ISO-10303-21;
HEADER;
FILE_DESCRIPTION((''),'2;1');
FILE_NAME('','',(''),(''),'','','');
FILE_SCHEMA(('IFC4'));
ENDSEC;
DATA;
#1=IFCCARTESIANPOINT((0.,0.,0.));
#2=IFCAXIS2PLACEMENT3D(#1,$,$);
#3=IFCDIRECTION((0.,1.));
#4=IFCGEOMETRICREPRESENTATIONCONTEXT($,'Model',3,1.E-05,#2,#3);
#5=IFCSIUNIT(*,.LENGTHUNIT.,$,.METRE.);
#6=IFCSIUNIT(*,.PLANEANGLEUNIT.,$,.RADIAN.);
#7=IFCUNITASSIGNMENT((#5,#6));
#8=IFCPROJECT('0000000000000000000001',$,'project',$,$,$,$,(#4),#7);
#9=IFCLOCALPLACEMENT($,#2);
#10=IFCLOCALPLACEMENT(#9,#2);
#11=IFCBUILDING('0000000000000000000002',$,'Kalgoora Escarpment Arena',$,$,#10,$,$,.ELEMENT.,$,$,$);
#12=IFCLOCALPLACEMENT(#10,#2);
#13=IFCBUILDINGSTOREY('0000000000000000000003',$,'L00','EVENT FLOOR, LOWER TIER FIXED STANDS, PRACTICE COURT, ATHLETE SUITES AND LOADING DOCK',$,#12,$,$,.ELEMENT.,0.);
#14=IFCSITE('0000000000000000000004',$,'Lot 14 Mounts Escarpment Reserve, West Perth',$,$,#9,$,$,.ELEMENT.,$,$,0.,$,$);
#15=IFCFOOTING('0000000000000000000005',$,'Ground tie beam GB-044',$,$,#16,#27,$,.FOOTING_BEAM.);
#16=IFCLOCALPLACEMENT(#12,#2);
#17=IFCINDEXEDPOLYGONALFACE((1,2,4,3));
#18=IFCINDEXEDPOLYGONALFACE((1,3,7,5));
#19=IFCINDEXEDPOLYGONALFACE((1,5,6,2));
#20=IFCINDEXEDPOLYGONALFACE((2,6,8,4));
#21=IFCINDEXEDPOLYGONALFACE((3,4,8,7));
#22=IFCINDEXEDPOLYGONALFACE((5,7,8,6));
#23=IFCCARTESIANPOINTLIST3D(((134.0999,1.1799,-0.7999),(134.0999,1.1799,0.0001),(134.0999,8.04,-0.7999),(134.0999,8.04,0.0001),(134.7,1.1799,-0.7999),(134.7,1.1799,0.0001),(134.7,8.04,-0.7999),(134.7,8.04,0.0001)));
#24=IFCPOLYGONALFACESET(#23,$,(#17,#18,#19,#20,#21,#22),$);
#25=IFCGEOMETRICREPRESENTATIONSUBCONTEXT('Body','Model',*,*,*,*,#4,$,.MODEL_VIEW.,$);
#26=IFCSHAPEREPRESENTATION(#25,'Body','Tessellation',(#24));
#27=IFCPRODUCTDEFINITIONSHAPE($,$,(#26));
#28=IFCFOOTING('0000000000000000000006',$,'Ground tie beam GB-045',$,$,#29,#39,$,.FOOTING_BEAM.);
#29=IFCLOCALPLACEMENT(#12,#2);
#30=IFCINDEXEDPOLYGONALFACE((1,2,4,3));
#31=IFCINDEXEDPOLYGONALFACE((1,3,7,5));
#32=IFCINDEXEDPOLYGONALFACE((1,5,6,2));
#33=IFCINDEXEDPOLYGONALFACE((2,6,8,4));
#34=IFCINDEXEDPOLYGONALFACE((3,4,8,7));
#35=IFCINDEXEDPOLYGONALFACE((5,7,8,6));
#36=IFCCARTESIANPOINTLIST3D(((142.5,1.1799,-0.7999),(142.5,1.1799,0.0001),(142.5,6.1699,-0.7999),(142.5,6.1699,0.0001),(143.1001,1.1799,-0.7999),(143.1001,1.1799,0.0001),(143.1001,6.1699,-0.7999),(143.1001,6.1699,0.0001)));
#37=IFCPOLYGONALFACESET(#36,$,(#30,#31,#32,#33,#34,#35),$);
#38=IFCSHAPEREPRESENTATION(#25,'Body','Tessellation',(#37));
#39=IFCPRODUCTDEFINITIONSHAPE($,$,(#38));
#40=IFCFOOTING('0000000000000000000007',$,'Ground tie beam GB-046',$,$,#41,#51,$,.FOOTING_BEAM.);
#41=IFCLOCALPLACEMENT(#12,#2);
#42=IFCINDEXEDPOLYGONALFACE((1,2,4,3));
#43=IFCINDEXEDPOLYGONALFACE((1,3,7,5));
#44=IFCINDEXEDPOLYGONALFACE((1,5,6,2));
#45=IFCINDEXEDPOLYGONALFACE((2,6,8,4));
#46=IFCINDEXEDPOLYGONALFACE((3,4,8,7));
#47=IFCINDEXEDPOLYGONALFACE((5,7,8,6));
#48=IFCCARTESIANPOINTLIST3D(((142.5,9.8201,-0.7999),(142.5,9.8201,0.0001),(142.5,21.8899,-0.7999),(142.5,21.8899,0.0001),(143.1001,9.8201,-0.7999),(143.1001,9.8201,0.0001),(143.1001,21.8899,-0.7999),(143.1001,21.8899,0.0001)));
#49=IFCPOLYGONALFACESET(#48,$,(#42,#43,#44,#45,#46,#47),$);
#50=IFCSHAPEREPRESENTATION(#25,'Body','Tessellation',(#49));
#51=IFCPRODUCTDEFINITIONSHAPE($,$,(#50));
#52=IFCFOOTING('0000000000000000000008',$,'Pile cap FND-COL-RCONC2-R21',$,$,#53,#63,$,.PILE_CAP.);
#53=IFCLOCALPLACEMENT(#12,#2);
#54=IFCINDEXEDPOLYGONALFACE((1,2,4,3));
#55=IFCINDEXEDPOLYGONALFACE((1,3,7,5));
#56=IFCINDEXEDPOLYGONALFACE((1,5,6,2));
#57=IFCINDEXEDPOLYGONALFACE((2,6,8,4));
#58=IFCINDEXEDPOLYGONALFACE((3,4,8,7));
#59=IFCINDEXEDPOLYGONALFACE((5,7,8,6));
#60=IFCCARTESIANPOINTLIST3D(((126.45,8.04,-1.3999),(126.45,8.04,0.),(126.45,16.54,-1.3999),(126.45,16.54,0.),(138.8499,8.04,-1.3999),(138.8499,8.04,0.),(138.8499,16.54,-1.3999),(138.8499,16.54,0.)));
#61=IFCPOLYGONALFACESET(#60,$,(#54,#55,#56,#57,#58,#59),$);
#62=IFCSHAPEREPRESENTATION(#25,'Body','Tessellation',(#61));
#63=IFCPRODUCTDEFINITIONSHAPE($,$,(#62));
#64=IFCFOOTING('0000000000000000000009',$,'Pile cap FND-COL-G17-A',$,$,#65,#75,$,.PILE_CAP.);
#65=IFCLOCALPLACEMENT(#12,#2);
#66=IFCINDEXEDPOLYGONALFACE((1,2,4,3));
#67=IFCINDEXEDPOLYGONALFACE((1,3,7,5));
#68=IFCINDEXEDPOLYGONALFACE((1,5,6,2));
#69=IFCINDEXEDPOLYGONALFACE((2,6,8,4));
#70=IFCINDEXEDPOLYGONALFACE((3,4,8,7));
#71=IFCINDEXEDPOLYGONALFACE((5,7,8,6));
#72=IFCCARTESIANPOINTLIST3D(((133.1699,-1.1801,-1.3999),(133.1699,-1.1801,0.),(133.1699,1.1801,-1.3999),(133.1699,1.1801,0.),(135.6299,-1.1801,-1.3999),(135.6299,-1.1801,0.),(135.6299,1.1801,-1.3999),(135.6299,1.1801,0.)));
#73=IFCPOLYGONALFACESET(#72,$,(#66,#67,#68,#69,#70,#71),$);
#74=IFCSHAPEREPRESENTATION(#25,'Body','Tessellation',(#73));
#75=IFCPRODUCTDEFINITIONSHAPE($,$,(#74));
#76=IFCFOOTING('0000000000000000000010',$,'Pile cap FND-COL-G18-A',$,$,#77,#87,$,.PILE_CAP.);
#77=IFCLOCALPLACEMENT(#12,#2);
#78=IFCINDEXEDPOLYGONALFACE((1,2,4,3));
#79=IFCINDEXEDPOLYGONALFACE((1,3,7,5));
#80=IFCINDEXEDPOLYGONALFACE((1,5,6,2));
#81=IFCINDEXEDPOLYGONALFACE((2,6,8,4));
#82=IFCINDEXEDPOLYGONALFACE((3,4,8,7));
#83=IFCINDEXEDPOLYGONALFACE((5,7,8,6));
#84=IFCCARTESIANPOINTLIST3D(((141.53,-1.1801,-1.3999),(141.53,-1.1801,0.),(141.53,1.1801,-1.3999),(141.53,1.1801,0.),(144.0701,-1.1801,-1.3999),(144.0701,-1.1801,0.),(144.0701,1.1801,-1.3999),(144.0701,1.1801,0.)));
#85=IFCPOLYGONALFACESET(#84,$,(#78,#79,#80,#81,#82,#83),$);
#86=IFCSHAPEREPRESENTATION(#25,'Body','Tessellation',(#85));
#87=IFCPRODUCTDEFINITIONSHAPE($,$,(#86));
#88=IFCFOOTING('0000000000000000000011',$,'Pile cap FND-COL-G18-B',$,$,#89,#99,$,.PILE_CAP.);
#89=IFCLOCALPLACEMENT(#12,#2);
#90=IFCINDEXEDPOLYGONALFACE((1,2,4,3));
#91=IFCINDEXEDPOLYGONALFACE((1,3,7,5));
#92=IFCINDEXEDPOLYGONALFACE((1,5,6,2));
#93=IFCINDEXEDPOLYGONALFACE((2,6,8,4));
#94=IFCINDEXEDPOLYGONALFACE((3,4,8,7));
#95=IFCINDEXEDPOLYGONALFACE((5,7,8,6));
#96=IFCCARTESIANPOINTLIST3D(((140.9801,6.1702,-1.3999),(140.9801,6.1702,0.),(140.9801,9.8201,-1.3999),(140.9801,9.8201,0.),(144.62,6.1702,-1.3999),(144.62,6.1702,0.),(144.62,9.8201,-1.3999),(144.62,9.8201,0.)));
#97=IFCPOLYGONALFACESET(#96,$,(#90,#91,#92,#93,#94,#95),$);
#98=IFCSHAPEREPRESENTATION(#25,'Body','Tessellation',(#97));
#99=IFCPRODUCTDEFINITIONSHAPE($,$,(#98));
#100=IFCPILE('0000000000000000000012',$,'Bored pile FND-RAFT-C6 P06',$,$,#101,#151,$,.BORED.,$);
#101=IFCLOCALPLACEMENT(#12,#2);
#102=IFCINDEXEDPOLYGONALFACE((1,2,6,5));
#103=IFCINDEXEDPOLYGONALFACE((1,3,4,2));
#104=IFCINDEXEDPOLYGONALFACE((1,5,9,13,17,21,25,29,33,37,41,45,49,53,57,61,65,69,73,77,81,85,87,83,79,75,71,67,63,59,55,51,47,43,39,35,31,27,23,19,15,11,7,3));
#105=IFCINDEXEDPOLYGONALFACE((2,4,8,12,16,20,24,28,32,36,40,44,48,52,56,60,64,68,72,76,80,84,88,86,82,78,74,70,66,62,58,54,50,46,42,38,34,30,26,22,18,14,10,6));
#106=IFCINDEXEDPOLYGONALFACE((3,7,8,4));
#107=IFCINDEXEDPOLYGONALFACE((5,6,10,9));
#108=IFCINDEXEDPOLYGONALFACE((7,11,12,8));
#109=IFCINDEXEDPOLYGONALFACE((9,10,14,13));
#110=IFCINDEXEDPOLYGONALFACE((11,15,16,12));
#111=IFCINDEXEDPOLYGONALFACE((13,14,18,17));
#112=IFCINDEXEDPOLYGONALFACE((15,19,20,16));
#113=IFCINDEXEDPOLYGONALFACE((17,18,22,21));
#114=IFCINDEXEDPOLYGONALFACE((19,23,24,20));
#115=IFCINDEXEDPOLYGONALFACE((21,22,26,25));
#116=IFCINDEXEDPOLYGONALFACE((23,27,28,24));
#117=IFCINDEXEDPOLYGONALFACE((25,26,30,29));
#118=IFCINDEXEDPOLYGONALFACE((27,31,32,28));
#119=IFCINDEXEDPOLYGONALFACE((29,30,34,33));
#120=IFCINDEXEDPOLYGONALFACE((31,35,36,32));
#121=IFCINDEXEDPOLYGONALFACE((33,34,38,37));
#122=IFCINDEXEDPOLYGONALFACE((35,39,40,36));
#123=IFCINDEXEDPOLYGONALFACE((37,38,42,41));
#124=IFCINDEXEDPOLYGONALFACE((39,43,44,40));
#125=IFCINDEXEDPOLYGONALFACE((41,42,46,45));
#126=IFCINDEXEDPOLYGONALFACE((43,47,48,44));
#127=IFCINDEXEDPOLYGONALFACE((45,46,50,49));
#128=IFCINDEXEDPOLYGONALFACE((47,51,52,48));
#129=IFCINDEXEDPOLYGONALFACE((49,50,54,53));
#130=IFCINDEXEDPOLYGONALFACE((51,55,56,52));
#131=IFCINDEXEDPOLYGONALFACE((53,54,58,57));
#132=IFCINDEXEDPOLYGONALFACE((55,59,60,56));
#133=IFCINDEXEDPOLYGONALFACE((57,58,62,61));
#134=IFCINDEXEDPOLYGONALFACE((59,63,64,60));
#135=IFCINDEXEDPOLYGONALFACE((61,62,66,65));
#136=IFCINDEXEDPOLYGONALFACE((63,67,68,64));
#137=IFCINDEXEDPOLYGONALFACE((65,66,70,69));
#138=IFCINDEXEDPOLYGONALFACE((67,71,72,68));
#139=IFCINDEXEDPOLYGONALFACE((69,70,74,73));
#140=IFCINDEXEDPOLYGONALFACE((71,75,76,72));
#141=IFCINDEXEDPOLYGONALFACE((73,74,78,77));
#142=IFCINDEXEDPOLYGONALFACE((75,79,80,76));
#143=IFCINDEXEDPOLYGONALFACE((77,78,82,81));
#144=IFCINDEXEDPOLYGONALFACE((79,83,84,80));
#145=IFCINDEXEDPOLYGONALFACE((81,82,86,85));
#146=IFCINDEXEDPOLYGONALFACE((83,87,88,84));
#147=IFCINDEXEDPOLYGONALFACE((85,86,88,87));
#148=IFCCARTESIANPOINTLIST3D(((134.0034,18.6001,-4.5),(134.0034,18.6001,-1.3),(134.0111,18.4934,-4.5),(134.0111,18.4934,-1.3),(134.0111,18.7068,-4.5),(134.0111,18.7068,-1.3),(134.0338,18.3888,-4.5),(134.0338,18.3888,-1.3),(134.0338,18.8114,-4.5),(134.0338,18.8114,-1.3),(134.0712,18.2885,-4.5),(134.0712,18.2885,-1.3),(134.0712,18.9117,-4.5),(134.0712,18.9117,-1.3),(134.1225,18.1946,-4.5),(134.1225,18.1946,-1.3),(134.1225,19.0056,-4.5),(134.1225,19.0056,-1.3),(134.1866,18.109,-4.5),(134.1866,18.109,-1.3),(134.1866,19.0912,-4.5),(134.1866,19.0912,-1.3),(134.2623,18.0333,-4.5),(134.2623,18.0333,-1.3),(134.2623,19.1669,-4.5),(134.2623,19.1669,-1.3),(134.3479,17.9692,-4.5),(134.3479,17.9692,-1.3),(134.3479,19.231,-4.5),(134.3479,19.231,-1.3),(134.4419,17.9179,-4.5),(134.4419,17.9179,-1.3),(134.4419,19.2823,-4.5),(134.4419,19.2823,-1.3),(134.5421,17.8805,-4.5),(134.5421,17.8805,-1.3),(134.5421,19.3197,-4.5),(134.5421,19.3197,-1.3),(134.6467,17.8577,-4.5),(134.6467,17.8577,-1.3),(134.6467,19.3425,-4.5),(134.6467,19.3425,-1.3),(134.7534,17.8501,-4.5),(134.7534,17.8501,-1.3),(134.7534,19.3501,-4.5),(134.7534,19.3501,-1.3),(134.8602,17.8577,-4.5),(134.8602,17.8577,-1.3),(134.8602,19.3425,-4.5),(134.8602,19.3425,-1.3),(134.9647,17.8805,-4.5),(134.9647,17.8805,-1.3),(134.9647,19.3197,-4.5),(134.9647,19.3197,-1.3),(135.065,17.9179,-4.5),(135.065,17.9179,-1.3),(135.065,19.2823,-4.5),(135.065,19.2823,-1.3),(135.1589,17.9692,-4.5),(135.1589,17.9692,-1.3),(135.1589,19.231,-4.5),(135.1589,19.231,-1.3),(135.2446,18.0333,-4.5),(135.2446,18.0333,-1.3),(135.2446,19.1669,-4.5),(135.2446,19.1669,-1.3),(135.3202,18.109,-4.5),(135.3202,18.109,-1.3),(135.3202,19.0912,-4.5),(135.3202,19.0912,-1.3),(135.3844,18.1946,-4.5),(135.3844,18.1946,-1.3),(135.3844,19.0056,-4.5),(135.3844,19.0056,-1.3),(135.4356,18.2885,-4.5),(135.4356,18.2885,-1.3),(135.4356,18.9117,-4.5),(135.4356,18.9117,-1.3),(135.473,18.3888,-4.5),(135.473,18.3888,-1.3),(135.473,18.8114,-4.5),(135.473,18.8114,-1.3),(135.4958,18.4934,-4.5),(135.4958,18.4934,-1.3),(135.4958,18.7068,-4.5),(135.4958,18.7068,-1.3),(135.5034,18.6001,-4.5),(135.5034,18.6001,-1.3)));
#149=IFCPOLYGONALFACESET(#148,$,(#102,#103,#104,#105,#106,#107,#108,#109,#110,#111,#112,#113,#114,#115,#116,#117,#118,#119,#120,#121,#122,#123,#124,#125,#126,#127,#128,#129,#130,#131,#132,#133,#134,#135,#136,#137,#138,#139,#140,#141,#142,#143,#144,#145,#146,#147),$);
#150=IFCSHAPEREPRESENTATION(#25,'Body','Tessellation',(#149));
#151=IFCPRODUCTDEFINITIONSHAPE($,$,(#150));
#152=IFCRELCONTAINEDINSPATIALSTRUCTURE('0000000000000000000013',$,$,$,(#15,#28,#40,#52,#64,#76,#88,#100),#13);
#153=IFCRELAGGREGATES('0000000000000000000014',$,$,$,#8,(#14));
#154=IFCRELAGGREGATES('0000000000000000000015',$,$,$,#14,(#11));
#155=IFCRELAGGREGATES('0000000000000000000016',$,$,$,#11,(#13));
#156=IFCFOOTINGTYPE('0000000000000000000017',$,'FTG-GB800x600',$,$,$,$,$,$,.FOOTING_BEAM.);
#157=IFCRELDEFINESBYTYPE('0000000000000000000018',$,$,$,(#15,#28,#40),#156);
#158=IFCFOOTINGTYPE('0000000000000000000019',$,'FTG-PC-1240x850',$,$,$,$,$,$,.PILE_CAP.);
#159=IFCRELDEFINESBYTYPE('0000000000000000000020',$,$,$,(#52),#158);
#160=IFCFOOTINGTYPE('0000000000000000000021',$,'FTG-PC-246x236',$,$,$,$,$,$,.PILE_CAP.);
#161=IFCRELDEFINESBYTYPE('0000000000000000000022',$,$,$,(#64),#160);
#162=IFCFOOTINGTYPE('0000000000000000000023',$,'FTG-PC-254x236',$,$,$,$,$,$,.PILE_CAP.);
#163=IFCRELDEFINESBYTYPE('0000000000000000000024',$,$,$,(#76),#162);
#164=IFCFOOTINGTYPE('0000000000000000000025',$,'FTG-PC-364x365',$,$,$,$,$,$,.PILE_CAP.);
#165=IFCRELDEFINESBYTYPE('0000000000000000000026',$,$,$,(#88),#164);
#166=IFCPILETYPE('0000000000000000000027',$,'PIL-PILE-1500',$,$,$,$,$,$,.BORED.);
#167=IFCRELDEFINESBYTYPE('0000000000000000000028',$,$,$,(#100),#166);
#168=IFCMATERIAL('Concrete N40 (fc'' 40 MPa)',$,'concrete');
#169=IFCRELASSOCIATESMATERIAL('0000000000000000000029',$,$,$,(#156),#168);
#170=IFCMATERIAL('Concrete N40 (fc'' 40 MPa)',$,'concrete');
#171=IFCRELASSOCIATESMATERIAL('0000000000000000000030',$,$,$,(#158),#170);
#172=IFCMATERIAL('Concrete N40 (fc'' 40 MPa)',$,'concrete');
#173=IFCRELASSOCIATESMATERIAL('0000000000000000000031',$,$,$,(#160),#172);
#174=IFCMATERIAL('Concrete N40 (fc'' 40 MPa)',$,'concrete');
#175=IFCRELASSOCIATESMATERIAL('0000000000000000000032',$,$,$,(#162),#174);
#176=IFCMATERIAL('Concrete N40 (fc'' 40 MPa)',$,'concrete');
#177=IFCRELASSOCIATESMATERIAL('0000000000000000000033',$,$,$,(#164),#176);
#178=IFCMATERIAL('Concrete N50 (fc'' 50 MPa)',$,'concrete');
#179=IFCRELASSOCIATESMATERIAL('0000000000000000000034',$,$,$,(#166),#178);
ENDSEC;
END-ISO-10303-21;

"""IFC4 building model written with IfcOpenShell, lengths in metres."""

from ifc_helpers import new_model, si_unit, direction, frame, origin, origin_2d, place, context, subcontext, project, spatial, rectangle, circle, extrude, material, material_profile, profile_set, type_object, element, save


model = new_model("IFC4")

# Units and contexts
model_context = context("Model", 3, precision=1e-05, world=origin(), true_north=direction((0.0, 1.0)))
body_context = subcontext(model_context, "Body", "Model", "MODEL_VIEW")
ifc_project = project(units=[si_unit("LENGTHUNIT", "METRE"), si_unit("PLANEANGLEUNIT", "RADIAN")], contexts=[model_context])

# Site, building, storey
site_placement = place(None, origin())
site = spatial("IfcSite", under=ifc_project, at=site_placement, Name="Lot 14 Mounts Escarpment Reserve, West Perth", CompositionType="ELEMENT", RefElevation=0.0)
building_placement = place(site_placement, origin())
building = spatial("IfcBuilding", under=site, at=building_placement, Name="Kalgoora Escarpment Arena", CompositionType="ELEMENT")
storey_placement = place(building_placement, origin())
storey = spatial("IfcBuildingStorey", under=building, at=storey_placement, Name="L00", Description="EVENT FLOOR, LOWER TIER FIXED STANDS, PRACTICE COURT, ATHLETE SUITES AND LOADING DOCK", CompositionType="ELEMENT", Elevation=0.0)

# Footings
ifc_material_1 = material(Name="Concrete N40 (fc' 40 MPa)", Category="concrete")
ifc_material_profile_1 = material_profile(ifc_material_1, rectangle(XDim=0.6001, YDim=0.8, at=origin_2d()))
ifc_profile_set_1 = profile_set([ifc_material_profile_1], Name="Concrete N40 (fc' 40 MPa)")
footing_type_1 = type_object("IfcFootingType", Name="FTG-GB800x600", PredefinedType="FOOTING_BEAM", material=ifc_profile_set_1)
footing_1_placement = place(storey_placement, frame((134.3999, 1.1799, -0.3999), z_axis=(0.0, 1.0, 0.0), x_axis=(-1.0, 0.0, 0.0)))
element("IfcFooting", 1, at=footing_1_placement, inside=storey, type_object=footing_type_1, Name="Ground tie beam GB-044", PredefinedType="FOOTING_BEAM", context=body_context, shape_type="SweptSolid", body=[
    extrude(rectangle(XDim=0.6001, YDim=0.8, at=origin_2d()), origin(), (0.0, 0.0, 1.0), 6.8601),
])
footing_2_placement = place(storey_placement, frame((142.8, 1.1799, -0.3999), z_axis=(0.0, 1.0, 0.0), x_axis=(-1.0, 0.0, 0.0)))
element("IfcFooting", 2, at=footing_2_placement, inside=storey, type_object=footing_type_1, Name="Ground tie beam GB-045", PredefinedType="FOOTING_BEAM", context=body_context, shape_type="SweptSolid", body=[
    extrude(rectangle(XDim=0.6001, YDim=0.8, at=origin_2d()), origin(), (0.0, 0.0, 1.0), 4.99),
])
footing_3_placement = place(storey_placement, frame((142.8, 9.8201, -0.3999), z_axis=(0.0, 1.0, 0.0), x_axis=(-1.0, 0.0, 0.0)))
element("IfcFooting", 3, at=footing_3_placement, inside=storey, type_object=footing_type_1, Name="Ground tie beam GB-046", PredefinedType="FOOTING_BEAM", context=body_context, shape_type="SweptSolid", body=[
    extrude(rectangle(XDim=0.6001, YDim=0.8, at=origin_2d()), origin(), (0.0, 0.0, 1.0), 12.0698),
])
ifc_material_2 = material(Name="Concrete N40 (fc' 40 MPa)", Category="concrete")
footing_type_2 = type_object("IfcFootingType", Name="FTG-PC-1240x850", PredefinedType="PILE_CAP", material=ifc_material_2)
footing_4_placement = place(storey_placement, frame((132.6499, 12.29, -1.3999), z_axis=(0.0, 0.0, 1.0), x_axis=(1.0, 0.0, 0.0)))
element("IfcFooting", 4, at=footing_4_placement, inside=storey, type_object=footing_type_2, Name="Pile cap FND-COL-RCONC2-R21", PredefinedType="PILE_CAP", context=body_context, shape_type="SweptSolid", body=[
    extrude(rectangle(XDim=12.3999, YDim=8.5, at=origin_2d()), origin(), (0.0, 0.0, 1.0), 1.3999),
])
ifc_material_3 = material(Name="Concrete N40 (fc' 40 MPa)", Category="concrete")
footing_type_3 = type_object("IfcFootingType", Name="FTG-PC-246x236", PredefinedType="PILE_CAP", material=ifc_material_3)
footing_5_placement = place(storey_placement, frame((134.3999, 0.0, -1.3999), z_axis=(0.0, 0.0, 1.0), x_axis=(1.0, 0.0, 0.0)))
element("IfcFooting", 5, at=footing_5_placement, inside=storey, type_object=footing_type_3, Name="Pile cap FND-COL-G17-A", PredefinedType="PILE_CAP", context=body_context, shape_type="SweptSolid", body=[
    extrude(rectangle(XDim=2.46, YDim=2.3601, at=origin_2d()), origin(), (0.0, 0.0, 1.0), 1.3999),
])
ifc_material_4 = material(Name="Concrete N40 (fc' 40 MPa)", Category="concrete")
footing_type_4 = type_object("IfcFootingType", Name="FTG-PC-254x236", PredefinedType="PILE_CAP", material=ifc_material_4)
footing_6_placement = place(storey_placement, frame((142.8, 0.0, -1.3999), z_axis=(0.0, 0.0, 1.0), x_axis=(1.0, 0.0, 0.0)))
element("IfcFooting", 6, at=footing_6_placement, inside=storey, type_object=footing_type_4, Name="Pile cap FND-COL-G18-A", PredefinedType="PILE_CAP", context=body_context, shape_type="SweptSolid", body=[
    extrude(rectangle(XDim=2.54, YDim=2.3601, at=origin_2d()), origin(), (0.0, 0.0, 1.0), 1.3999),
])
ifc_material_5 = material(Name="Concrete N40 (fc' 40 MPa)", Category="concrete")
footing_type_5 = type_object("IfcFootingType", Name="FTG-PC-364x365", PredefinedType="PILE_CAP", material=ifc_material_5)
footing_7_placement = place(storey_placement, frame((142.8, 7.9951, -1.3999), z_axis=(0.0, 0.0, 1.0), x_axis=(1.0, 0.0, 0.0)))
element("IfcFooting", 7, at=footing_7_placement, inside=storey, type_object=footing_type_5, Name="Pile cap FND-COL-G18-B", PredefinedType="PILE_CAP", context=body_context, shape_type="SweptSolid", body=[
    extrude(rectangle(XDim=3.6399, YDim=3.6499, at=origin_2d()), origin(), (0.0, 0.0, 1.0), 1.3999),
])

# Pile
ifc_material_6 = material(Name="Concrete N50 (fc' 50 MPa)", Category="concrete")
ifc_material_profile_2 = material_profile(ifc_material_6, circle(Radius=0.75, at=origin_2d()))
ifc_profile_set_2 = profile_set([ifc_material_profile_2], Name="Concrete N50 (fc' 50 MPa)")
pile_type_1 = type_object("IfcPileType", Name="PIL-PILE-1500", PredefinedType="BORED", material=ifc_profile_set_2)
pile_placement = place(storey_placement, frame((134.7534, 18.6001, -1.3), z_axis=(0.0, 0.0, -1.0), x_axis=(1.0, 0.0, 0.0)))
element("IfcPile", 8, at=pile_placement, inside=storey, type_object=pile_type_1, Name="Bored pile FND-RAFT-C6 P06", PredefinedType="BORED", context=body_context, shape_type="SweptSolid", body=[
    extrude(circle(Radius=0.75, at=origin_2d()), origin(), (0.0, 0.0, 1.0), 3.2),
])

save(model, "model.ifc")
